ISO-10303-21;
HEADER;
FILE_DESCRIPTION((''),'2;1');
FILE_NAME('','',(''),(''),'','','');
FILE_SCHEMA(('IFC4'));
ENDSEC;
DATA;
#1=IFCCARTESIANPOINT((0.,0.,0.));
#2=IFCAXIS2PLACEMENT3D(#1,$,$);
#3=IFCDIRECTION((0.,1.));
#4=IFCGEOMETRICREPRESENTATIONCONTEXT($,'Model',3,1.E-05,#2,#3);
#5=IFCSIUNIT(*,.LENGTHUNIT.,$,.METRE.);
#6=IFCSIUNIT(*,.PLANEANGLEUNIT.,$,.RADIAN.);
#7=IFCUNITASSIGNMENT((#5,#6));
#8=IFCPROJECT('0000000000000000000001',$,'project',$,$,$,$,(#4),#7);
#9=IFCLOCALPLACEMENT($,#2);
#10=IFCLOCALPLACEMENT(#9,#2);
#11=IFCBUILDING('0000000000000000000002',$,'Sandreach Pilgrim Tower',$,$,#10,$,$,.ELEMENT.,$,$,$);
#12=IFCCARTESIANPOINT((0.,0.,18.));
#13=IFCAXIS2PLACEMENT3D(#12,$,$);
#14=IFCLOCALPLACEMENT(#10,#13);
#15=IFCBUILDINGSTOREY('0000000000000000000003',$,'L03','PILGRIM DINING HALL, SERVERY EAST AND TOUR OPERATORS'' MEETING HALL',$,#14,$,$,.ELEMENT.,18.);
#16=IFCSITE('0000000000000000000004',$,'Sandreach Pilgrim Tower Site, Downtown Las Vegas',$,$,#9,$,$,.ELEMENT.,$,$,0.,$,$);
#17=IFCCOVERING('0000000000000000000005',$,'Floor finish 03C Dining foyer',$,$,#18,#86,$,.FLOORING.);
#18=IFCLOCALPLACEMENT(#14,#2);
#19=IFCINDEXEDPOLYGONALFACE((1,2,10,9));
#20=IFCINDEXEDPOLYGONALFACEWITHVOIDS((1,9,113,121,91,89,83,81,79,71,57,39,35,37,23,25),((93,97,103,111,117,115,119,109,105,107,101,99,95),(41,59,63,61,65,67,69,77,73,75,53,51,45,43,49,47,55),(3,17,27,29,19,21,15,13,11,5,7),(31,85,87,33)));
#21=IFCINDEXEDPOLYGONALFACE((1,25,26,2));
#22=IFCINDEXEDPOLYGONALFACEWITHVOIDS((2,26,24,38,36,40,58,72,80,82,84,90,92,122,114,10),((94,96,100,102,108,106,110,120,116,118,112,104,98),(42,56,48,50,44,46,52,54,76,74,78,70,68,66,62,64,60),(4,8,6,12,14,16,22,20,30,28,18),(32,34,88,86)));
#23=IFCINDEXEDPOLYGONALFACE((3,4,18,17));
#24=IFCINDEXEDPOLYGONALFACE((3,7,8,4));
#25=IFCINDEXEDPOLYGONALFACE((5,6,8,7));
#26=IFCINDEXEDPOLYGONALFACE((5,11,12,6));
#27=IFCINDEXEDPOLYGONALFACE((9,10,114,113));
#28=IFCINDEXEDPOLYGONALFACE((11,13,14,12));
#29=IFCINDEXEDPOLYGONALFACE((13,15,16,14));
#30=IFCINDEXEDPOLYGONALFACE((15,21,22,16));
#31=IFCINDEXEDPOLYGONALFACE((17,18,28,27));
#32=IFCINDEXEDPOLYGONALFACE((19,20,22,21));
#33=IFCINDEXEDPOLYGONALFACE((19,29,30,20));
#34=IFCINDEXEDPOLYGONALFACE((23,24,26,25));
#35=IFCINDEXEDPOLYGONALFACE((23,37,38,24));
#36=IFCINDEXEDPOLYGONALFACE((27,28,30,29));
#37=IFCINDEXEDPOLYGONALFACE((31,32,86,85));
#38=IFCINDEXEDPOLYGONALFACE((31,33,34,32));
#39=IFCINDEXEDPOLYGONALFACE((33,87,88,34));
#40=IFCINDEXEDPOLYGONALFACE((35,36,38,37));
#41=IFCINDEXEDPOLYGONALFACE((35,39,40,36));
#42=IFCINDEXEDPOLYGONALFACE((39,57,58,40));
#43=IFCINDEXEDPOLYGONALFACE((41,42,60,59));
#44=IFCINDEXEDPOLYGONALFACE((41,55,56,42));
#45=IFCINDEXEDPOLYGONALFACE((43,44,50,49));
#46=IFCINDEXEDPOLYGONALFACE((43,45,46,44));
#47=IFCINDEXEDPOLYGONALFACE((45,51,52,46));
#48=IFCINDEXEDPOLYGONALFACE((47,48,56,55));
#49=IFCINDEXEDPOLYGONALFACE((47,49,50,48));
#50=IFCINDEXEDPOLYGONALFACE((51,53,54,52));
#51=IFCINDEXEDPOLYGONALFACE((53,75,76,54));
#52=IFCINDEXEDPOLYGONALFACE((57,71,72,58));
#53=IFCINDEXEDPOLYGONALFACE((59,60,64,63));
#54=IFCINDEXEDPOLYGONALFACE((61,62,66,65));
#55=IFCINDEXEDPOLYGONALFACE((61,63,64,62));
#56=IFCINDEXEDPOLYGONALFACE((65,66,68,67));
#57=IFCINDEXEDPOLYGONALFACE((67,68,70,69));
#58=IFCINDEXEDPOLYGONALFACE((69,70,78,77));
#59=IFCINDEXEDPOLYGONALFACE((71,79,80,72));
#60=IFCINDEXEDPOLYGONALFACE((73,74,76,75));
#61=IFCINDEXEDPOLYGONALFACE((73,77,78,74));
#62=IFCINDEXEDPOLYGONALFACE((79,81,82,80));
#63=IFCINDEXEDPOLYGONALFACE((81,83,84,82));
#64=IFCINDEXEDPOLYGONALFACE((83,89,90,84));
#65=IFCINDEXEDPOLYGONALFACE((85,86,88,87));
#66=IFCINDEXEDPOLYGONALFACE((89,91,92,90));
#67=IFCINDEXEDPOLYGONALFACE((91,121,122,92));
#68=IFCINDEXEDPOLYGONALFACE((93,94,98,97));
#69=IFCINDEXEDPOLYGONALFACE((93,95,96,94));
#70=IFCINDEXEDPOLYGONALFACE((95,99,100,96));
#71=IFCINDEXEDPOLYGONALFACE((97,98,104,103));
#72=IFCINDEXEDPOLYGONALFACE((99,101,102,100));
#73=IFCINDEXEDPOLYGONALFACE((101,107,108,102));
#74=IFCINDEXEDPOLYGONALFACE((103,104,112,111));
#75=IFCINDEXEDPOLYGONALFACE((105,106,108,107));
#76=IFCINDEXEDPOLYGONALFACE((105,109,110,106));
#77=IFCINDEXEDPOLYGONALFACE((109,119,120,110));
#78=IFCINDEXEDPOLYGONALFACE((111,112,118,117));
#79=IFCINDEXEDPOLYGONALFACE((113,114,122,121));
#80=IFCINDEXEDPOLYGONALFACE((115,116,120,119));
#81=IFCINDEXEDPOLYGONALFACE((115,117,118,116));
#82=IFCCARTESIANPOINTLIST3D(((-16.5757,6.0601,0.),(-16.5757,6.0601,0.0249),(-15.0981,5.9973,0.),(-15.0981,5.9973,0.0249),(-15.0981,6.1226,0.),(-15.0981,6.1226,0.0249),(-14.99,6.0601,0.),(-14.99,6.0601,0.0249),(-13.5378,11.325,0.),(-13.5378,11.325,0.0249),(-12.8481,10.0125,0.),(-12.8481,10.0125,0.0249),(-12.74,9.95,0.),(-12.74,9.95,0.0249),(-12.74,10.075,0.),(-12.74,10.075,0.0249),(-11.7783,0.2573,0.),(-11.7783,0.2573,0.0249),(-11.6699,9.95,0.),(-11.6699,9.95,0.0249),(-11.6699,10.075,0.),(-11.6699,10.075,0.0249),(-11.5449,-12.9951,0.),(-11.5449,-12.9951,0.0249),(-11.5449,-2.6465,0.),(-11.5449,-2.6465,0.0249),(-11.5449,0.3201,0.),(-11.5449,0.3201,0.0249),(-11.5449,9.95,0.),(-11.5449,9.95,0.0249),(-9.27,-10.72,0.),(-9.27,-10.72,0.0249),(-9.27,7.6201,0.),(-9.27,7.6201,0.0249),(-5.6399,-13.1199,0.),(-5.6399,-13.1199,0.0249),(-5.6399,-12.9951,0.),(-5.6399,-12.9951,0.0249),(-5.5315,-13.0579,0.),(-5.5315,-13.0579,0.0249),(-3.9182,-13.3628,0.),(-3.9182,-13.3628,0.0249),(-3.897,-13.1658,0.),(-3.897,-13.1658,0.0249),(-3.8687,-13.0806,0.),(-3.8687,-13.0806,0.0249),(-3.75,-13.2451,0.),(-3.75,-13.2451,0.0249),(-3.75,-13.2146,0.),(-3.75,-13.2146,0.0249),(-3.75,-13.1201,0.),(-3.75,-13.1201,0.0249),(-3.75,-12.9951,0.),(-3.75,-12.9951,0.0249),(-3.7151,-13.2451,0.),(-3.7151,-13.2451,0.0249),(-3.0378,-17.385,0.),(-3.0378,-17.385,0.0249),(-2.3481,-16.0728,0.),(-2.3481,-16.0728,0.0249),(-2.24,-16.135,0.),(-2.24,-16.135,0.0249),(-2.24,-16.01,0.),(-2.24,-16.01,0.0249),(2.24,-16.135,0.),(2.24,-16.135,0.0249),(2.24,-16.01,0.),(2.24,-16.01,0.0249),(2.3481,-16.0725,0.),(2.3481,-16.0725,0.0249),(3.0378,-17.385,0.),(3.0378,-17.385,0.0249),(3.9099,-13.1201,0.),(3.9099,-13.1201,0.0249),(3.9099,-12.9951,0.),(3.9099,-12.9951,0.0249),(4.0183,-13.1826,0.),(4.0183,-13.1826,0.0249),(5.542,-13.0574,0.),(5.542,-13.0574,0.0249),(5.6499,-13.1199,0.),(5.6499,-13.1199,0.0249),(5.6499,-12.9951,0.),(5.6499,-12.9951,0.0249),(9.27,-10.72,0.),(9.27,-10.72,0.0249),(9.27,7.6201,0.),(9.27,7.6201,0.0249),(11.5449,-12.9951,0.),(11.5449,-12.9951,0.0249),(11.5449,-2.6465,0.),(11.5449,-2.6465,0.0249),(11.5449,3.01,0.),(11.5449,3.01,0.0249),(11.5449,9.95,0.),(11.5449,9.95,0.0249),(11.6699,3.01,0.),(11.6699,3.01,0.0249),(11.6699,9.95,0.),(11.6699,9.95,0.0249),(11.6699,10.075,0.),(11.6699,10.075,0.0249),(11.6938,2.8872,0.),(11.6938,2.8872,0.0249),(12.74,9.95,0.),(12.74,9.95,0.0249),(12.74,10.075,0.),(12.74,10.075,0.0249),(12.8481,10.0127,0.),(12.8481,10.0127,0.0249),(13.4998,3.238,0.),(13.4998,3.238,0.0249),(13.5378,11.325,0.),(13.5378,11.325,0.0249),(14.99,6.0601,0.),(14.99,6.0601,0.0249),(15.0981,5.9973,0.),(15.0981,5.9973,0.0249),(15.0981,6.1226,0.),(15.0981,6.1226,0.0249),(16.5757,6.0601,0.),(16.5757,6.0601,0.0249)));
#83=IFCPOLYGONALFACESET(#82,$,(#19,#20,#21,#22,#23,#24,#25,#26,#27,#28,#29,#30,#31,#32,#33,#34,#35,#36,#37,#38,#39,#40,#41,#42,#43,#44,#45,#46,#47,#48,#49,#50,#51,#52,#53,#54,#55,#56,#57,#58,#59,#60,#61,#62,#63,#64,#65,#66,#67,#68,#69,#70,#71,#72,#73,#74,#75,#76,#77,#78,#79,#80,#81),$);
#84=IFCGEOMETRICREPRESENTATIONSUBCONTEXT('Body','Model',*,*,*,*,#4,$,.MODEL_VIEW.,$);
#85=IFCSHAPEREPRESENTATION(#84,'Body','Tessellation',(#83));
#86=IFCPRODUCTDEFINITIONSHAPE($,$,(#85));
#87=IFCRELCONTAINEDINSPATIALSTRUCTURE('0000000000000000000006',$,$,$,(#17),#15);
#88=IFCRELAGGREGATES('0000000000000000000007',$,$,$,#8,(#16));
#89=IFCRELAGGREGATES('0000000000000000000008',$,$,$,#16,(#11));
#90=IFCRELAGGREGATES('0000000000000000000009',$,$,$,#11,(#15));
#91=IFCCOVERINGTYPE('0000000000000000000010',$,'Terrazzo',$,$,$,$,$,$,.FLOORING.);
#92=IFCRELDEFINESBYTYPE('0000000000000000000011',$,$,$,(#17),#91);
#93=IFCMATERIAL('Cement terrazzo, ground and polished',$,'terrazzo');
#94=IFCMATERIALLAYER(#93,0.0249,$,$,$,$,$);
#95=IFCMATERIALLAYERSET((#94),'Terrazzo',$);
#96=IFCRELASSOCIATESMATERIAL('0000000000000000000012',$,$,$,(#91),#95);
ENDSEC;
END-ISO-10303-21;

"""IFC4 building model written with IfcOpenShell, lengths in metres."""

from ifc_helpers import new_model, si_unit, direction, frame, origin, place, context, subcontext, project, spatial, polyline, outline, extrude, material, layer, layer_set, type_object, element, save


model = new_model("IFC4")

# Units and contexts
model_context = context("Model", 3, precision=1e-05, world=origin(), true_north=direction((0.0, 1.0)))
body_context = subcontext(model_context, "Body", "Model", "MODEL_VIEW")
ifc_project = project(units=[si_unit("LENGTHUNIT", "METRE"), si_unit("PLANEANGLEUNIT", "RADIAN")], contexts=[model_context])

# Site, building, storey
site_placement = place(None, origin())
site = spatial("IfcSite", under=ifc_project, at=site_placement, Name="Sandreach Pilgrim Tower Site, Downtown Las Vegas", CompositionType="ELEMENT", RefElevation=0.0)
building_placement = place(site_placement, origin())
building = spatial("IfcBuilding", under=site, at=building_placement, Name="Sandreach Pilgrim Tower", CompositionType="ELEMENT")
storey_placement = place(building_placement, frame((0.0, 0.0, 18.0)))
storey = spatial("IfcBuildingStorey", under=building, at=storey_placement, Name="L03", Description="PILGRIM DINING HALL, SERVERY EAST AND TOUR OPERATORS' MEETING HALL", CompositionType="ELEMENT", Elevation=18.0)

# Covering
ifc_material_1 = material(Name="Cement terrazzo, ground and polished", Category="terrazzo")
ifc_layer_1 = layer(ifc_material_1, 0.0249)
ifc_layer_set_1 = layer_set([ifc_layer_1], Name="Terrazzo")
covering_type_1 = type_object("IfcCoveringType", Name="Terrazzo", PredefinedType="FLOORING", material=ifc_layer_set_1)
covering_1_placement = place(storey_placement, origin())
element("IfcCovering", 1, at=covering_1_placement, inside=storey, type_object=covering_type_1, Name="Floor finish 03C Dining foyer", PredefinedType="FLOORING", context=body_context, shape_type="SweptSolid", body=[
    extrude(outline(polyline([(-11.5449, -2.6465), (-16.5757, 6.0601), (-13.5378, 11.325), (13.5378, 11.325), (16.5757, 6.0601), (11.5449, -2.6465), (11.5449, -12.9951), (5.6499, -12.9951), (5.6499, -13.1199), (5.542, -13.0574), (3.0378, -17.385), (-3.0378, -17.385), (-5.5315, -13.0579), (-5.6399, -13.1199), (-5.6399, -12.9951), (-11.5449, -12.9951), (-11.5449, -2.6465)]), holes=[polyline([(11.5449, 3.01), (11.6699, 3.01), (11.6938, 2.8872), (13.4998, 3.238), (15.0981, 5.9973), (14.99, 6.0601), (15.0981, 6.1226), (12.8481, 10.0127), (12.74, 9.95), (12.74, 10.075), (11.6699, 10.075), (11.6699, 9.95), (11.5449, 9.95), (11.5449, 3.01)]), polyline([(-9.27, 7.6201), (-9.27, -10.72), (9.27, -10.72), (9.27, 7.6201), (-9.27, 7.6201)]), polyline([(-3.75, -13.2146), (-3.75, -13.2451), (-3.7151, -13.2451), (-3.9182, -13.3628), (-2.3481, -16.0728), (-2.24, -16.01), (-2.24, -16.135), (2.24, -16.135), (2.24, -16.01), (2.3481, -16.0725), (4.0183, -13.1826), (3.9099, -13.1201), (3.9099, -12.9951), (-3.75, -12.9951), (-3.75, -13.1201), (-3.8687, -13.0806), (-3.897, -13.1658), (-3.75, -13.2146)]), polyline([(-15.0981, 5.9973), (-11.7783, 0.2573), (-11.5449, 0.3201), (-11.5449, 9.95), (-11.6699, 9.95), (-11.6699, 10.075), (-12.74, 10.075), (-12.74, 9.95), (-12.8481, 10.0125), (-15.0981, 6.1226), (-14.99, 6.0601), (-15.0981, 5.9973)])]), origin(), (0.0, 0.0, 1.0), 0.0249),
])

save(model, "model.ifc")
